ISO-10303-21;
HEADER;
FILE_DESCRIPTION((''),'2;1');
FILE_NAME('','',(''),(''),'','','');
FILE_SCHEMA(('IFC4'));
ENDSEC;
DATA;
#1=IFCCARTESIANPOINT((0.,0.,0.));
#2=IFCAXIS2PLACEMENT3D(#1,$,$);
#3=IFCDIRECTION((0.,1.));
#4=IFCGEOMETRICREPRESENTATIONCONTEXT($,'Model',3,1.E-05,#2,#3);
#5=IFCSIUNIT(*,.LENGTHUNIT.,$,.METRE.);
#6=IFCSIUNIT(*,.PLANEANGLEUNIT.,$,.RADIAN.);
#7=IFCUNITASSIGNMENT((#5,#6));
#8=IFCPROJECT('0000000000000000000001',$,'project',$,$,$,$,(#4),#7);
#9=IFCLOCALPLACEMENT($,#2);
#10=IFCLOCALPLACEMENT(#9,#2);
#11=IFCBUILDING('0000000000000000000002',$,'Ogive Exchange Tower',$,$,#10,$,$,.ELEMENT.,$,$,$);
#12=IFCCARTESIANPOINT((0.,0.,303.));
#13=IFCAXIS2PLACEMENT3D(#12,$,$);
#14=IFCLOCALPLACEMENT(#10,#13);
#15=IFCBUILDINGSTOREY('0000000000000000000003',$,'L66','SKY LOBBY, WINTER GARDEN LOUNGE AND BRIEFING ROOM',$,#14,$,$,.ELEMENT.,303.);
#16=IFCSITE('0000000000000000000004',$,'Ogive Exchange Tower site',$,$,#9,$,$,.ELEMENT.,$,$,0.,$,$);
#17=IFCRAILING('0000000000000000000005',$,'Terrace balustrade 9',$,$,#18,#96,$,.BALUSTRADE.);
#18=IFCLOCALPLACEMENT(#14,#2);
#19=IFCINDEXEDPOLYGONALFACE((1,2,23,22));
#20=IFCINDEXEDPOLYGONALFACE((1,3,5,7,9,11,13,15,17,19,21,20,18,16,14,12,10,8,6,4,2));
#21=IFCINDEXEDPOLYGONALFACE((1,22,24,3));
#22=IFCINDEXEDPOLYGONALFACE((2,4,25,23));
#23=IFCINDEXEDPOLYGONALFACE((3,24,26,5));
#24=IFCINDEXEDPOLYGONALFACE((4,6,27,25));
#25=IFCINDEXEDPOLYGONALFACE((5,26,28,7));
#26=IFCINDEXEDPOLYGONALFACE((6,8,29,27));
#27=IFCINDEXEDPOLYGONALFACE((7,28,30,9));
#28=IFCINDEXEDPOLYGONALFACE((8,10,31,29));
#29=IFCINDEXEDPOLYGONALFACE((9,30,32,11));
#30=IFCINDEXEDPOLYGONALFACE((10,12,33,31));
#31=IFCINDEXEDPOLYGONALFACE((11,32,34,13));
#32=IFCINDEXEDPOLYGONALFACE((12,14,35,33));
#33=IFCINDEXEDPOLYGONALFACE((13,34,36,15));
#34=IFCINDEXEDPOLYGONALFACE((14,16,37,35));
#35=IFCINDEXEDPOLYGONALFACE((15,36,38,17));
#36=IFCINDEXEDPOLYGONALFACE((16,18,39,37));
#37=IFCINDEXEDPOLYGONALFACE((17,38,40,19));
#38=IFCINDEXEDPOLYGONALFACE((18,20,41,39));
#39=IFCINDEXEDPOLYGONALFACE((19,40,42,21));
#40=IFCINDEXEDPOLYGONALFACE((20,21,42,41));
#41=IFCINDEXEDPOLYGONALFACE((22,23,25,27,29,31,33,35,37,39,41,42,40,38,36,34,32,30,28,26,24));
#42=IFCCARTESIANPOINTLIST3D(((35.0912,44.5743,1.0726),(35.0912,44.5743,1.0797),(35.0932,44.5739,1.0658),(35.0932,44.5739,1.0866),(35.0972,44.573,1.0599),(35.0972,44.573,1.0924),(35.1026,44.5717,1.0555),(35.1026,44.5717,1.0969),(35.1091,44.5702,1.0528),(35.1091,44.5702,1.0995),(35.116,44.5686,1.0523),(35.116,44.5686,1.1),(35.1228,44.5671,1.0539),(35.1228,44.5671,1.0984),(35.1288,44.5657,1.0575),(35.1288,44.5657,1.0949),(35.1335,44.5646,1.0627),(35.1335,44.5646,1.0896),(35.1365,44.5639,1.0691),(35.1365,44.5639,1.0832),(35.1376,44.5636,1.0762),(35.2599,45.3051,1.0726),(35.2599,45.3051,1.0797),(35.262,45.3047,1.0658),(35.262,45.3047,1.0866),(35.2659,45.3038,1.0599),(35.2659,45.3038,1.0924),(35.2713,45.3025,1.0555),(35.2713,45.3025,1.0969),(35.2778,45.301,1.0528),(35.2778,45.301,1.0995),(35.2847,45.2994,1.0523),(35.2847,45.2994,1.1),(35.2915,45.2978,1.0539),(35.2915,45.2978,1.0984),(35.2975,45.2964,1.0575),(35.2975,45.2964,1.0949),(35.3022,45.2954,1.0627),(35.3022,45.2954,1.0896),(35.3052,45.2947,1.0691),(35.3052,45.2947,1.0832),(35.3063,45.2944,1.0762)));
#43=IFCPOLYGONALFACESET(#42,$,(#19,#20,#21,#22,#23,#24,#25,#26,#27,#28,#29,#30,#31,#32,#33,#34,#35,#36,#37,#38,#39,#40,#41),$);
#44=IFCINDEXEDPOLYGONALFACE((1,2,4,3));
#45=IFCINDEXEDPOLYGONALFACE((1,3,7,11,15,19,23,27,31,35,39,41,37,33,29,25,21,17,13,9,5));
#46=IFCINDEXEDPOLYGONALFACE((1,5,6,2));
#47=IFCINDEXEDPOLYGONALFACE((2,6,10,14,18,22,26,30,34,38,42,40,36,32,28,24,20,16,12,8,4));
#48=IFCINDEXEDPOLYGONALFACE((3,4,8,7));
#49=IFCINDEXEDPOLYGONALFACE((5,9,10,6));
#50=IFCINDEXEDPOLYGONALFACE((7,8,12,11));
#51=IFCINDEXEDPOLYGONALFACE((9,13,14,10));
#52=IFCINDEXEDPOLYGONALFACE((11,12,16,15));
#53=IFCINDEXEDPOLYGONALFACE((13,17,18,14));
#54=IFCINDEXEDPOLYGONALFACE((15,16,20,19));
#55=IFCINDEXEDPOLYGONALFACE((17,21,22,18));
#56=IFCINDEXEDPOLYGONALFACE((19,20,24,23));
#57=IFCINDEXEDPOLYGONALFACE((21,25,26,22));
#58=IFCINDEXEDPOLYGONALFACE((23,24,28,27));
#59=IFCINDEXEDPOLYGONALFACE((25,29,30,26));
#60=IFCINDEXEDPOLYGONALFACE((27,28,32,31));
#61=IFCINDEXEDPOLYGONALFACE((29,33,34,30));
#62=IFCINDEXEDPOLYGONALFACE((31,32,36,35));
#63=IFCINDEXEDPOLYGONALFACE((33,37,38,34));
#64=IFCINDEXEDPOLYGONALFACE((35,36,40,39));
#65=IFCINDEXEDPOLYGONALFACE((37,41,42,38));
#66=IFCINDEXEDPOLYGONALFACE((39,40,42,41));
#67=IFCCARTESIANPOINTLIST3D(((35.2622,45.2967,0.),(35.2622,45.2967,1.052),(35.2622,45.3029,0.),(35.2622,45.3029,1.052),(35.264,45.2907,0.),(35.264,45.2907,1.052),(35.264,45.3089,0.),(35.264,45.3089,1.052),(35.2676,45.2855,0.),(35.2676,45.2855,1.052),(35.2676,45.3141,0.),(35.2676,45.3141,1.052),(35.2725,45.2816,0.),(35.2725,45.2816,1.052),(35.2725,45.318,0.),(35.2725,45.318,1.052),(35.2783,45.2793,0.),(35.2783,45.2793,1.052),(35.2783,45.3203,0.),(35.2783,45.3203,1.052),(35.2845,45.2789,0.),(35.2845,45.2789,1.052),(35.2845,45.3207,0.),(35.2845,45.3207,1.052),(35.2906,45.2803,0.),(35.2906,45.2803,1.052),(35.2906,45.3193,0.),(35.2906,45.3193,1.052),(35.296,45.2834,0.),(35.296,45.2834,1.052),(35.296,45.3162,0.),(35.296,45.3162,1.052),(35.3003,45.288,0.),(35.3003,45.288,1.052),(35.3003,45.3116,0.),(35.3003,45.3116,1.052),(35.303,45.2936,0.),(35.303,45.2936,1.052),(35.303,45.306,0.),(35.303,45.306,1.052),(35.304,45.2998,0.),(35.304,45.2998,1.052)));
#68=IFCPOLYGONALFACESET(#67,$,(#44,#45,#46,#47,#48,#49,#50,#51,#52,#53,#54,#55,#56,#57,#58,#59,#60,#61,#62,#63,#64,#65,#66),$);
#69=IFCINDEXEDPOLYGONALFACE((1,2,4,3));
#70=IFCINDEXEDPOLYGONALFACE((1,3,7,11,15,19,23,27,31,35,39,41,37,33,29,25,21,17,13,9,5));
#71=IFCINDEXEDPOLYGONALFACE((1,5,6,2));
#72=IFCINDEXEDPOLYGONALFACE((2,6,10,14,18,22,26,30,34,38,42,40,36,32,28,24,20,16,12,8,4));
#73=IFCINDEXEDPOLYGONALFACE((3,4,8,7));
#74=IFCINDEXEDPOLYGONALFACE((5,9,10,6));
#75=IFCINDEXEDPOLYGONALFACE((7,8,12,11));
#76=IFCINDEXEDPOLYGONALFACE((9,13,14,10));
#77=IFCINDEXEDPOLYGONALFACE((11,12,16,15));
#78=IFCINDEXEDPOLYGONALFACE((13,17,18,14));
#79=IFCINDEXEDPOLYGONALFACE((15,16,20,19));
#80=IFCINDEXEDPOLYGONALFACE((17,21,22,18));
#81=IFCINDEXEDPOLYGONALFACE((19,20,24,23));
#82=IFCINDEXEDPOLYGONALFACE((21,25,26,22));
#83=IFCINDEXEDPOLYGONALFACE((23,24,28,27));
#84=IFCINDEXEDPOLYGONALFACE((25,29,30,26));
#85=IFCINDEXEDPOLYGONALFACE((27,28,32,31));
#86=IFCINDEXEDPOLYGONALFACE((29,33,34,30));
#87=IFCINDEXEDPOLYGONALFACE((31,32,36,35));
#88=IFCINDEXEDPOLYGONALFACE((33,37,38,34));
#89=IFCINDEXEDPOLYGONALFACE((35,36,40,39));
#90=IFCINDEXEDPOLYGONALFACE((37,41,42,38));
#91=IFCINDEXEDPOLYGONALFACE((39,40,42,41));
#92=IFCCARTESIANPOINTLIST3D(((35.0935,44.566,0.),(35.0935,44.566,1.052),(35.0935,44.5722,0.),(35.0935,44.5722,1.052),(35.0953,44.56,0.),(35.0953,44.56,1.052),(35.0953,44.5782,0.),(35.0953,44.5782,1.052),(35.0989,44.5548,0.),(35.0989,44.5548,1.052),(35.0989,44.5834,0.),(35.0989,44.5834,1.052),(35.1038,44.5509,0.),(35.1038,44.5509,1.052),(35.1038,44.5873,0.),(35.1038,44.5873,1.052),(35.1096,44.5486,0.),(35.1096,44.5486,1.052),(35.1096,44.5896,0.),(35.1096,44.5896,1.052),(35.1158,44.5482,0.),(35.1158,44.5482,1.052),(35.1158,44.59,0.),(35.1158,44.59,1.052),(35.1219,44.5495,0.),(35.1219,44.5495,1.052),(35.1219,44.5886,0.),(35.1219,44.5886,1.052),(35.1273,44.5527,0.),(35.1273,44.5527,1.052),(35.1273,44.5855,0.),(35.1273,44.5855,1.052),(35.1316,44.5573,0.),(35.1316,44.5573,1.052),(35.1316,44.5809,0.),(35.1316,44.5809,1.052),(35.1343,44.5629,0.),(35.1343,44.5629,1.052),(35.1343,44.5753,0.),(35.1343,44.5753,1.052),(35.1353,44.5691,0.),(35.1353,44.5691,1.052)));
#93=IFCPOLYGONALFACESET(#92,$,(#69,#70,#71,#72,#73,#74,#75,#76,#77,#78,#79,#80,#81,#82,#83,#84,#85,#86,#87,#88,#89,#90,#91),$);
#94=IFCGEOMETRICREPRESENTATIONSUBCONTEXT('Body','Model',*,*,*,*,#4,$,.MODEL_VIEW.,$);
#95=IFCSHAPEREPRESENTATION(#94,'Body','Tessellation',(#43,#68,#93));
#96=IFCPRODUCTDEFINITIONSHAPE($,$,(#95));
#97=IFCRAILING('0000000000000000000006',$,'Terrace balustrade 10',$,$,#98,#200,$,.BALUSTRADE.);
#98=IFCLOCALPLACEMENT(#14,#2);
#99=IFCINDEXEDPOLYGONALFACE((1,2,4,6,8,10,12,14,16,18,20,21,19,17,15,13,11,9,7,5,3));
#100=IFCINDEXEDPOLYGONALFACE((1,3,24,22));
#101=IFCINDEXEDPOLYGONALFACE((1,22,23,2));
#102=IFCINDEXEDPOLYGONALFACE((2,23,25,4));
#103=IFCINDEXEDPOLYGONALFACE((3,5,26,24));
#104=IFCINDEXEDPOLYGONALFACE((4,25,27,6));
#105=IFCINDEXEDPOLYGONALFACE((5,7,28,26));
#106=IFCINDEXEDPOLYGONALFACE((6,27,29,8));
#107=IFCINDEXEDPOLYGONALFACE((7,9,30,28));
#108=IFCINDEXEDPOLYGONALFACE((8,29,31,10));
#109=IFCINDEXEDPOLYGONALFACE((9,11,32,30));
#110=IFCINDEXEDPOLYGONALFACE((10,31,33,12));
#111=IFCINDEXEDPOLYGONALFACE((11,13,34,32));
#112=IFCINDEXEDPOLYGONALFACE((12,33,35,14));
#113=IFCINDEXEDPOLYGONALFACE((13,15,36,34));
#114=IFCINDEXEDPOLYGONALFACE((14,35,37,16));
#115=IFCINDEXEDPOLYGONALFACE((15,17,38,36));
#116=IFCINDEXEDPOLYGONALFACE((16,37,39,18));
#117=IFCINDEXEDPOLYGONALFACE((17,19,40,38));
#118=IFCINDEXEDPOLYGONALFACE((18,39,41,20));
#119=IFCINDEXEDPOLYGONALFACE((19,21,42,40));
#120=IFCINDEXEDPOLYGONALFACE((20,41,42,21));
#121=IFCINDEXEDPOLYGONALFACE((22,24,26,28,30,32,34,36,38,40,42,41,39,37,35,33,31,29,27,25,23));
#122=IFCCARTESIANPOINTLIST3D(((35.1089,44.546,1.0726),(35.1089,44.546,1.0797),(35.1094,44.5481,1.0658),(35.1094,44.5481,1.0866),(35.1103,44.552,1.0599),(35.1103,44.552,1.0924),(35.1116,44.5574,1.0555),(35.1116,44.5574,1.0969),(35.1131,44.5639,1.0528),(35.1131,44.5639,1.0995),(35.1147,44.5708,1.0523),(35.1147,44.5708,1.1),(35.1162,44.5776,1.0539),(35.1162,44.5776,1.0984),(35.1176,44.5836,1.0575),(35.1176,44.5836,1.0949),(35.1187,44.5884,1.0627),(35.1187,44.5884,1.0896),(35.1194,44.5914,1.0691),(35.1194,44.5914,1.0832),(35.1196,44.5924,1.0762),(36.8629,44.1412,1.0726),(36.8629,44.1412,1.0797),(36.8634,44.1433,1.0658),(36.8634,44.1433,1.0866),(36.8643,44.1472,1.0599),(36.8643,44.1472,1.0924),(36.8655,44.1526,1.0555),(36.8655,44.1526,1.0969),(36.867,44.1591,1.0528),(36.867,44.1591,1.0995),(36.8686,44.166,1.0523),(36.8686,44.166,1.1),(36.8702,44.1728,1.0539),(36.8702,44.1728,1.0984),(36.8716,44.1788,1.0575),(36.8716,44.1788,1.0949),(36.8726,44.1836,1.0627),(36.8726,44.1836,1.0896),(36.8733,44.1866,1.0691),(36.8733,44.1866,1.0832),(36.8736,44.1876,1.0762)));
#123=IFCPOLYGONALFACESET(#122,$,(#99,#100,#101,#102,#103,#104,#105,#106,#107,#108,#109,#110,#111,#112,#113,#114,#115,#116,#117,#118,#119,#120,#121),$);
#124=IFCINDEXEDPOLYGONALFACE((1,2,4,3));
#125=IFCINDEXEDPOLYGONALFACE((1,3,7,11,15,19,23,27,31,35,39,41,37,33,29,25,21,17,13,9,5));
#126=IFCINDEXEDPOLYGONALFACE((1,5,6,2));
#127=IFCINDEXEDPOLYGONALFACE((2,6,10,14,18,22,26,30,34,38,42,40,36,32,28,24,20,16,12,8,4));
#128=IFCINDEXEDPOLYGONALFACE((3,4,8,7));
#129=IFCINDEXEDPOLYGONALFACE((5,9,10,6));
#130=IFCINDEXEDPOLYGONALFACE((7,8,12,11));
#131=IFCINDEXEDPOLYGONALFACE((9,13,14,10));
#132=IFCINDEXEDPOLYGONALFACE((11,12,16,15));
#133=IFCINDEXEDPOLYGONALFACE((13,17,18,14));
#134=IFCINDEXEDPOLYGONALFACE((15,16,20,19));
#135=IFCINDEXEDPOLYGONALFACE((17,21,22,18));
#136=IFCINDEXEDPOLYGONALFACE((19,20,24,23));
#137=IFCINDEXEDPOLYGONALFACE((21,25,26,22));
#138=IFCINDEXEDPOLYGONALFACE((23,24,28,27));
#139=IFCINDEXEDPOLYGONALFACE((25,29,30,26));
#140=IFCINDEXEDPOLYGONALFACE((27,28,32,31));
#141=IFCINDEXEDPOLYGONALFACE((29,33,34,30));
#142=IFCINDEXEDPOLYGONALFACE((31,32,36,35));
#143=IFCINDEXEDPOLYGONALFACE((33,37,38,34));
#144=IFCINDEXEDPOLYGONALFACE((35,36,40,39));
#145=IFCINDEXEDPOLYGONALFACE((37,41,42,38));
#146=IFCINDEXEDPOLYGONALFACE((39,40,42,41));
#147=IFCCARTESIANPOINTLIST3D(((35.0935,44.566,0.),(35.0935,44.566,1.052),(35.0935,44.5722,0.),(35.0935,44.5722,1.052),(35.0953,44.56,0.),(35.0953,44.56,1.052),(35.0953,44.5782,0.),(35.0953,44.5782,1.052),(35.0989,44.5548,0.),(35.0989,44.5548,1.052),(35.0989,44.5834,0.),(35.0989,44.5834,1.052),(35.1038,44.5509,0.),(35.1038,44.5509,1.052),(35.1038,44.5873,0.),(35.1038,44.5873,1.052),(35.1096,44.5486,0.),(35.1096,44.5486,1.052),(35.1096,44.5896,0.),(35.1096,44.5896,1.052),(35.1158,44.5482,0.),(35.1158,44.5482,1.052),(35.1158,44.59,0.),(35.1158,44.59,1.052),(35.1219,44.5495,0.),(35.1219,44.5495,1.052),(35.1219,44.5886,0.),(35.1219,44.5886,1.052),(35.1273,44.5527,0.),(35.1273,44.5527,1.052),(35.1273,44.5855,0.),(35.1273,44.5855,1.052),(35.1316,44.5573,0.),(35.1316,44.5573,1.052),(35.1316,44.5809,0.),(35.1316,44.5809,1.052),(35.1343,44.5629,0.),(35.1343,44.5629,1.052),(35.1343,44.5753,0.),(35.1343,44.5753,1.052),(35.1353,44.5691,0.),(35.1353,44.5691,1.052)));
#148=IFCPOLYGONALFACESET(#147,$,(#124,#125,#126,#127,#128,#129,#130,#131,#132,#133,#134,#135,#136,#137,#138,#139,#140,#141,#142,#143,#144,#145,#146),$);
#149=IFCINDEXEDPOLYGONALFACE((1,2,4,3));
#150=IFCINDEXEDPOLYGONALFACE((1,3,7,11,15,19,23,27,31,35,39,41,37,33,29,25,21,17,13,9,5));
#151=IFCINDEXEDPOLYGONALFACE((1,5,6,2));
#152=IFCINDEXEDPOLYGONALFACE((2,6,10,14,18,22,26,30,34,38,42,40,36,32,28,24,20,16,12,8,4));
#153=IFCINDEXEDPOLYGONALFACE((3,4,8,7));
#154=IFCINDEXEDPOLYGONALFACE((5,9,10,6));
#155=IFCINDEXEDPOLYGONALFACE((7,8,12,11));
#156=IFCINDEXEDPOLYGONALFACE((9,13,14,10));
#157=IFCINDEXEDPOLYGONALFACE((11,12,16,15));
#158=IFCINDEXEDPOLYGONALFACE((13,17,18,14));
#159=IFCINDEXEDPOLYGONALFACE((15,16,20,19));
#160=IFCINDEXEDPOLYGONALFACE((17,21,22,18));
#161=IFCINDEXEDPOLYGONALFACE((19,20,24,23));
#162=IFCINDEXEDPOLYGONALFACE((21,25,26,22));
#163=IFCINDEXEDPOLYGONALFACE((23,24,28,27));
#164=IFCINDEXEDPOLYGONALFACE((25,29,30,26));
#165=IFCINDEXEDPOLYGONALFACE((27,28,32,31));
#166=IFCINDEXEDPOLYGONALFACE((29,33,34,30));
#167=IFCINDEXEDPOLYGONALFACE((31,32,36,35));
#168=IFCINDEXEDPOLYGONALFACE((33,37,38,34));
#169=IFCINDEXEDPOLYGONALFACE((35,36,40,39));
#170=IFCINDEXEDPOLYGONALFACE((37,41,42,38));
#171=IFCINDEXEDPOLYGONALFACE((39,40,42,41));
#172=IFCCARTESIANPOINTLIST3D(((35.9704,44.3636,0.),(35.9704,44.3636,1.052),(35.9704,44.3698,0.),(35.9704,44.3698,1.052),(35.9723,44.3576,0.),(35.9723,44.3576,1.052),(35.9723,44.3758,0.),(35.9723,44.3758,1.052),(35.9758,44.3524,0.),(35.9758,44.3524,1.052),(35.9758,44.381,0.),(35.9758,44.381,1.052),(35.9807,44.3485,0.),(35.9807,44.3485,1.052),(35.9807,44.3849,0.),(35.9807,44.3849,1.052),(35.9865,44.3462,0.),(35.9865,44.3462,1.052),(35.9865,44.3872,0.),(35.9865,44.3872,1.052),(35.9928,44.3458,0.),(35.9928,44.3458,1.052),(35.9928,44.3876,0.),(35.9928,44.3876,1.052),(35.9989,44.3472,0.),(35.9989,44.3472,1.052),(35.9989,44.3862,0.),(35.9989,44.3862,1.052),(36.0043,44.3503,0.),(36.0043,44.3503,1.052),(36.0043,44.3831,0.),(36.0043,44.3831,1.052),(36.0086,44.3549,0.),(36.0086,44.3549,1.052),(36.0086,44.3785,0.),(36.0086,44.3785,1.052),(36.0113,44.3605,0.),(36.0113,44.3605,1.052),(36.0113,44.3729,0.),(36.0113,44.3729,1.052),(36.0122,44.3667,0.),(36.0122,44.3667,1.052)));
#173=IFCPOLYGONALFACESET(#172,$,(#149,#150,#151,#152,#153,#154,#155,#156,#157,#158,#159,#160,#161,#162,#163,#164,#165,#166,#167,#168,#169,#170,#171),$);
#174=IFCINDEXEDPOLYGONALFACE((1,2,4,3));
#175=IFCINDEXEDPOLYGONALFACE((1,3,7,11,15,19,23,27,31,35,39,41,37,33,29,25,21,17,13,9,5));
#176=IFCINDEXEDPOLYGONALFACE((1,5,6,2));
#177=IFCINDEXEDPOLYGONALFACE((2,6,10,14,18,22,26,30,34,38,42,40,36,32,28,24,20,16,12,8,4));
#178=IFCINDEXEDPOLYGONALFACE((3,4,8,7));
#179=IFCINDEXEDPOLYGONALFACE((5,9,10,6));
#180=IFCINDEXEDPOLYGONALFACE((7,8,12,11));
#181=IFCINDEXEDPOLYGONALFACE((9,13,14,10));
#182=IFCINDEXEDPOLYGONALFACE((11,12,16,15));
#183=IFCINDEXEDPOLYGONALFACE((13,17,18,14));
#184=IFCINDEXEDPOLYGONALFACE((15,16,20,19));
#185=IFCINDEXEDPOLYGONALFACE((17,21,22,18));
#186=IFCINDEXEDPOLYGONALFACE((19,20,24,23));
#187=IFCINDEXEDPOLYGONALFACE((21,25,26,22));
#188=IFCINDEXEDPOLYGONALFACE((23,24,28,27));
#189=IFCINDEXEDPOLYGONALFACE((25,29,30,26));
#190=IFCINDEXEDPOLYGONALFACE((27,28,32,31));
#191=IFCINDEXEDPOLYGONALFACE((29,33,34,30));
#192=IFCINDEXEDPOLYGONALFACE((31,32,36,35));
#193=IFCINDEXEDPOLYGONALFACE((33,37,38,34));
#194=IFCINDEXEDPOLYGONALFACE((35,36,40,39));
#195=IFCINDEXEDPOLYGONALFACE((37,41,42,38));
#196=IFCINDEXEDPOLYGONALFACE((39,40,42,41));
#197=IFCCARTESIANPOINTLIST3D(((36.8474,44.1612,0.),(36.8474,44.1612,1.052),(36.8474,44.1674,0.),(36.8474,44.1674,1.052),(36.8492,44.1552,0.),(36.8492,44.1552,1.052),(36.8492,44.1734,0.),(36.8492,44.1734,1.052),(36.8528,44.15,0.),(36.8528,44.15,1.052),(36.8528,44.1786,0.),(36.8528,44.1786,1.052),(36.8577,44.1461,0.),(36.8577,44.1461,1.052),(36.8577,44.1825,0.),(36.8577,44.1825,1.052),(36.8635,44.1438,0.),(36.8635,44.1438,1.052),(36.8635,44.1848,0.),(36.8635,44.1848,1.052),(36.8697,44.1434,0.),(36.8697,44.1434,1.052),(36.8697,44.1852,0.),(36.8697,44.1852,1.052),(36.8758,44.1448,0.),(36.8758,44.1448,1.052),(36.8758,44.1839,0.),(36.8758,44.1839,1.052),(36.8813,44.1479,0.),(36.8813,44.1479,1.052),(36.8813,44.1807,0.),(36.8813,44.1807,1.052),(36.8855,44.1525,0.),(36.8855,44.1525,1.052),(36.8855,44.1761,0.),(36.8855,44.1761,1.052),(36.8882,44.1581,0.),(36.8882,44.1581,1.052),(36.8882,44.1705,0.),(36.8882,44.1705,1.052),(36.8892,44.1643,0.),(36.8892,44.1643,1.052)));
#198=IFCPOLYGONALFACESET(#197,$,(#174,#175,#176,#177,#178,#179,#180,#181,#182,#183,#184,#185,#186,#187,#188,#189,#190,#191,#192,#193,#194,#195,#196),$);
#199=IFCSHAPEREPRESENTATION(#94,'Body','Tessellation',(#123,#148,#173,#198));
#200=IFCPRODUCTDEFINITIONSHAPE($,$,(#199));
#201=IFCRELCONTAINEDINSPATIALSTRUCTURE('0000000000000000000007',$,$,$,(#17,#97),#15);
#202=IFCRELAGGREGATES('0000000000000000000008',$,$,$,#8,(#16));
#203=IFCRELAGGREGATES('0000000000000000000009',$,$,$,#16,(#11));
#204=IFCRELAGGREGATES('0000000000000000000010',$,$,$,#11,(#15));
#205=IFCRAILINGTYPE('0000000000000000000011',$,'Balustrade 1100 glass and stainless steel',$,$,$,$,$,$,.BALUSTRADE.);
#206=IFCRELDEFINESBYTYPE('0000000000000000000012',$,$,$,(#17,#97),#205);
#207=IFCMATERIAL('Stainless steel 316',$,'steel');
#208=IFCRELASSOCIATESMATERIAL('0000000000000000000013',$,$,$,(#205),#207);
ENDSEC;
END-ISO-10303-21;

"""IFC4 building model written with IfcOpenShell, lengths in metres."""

from ifc_helpers import new_model, si_unit, direction, frame, origin, origin_2d, place, context, subcontext, project, spatial, circle, extrude, material, type_object, element, save


model = new_model("IFC4")

# Units and contexts
model_context = context("Model", 3, precision=1e-05, world=origin(), true_north=direction((0.0, 1.0)))
body_context = subcontext(model_context, "Body", "Model", "MODEL_VIEW")
ifc_project = project(units=[si_unit("LENGTHUNIT", "METRE"), si_unit("PLANEANGLEUNIT", "RADIAN")], contexts=[model_context])

# Site, building, storey
site_placement = place(None, origin())
site = spatial("IfcSite", under=ifc_project, at=site_placement, Name="Ogive Exchange Tower site", CompositionType="ELEMENT", RefElevation=0.0)
building_placement = place(site_placement, origin())
building = spatial("IfcBuilding", under=site, at=building_placement, Name="Ogive Exchange Tower", CompositionType="ELEMENT")
storey_placement = place(building_placement, frame((0.0, 0.0, 303.0)))
storey = spatial("IfcBuildingStorey", under=building, at=storey_placement, Name="L66", Description="SKY LOBBY, WINTER GARDEN LOUNGE AND BRIEFING ROOM", CompositionType="ELEMENT", Elevation=303.0)

# Railings
ifc_material_1 = material(Name="Stainless steel 316", Category="steel")
railing_type = type_object("IfcRailingType", Name="Balustrade 1100 glass and stainless steel", PredefinedType="BALUSTRADE", material=ifc_material_1)
railing_1_placement = place(storey_placement, frame((35.283, 45.2998, 0.0)))
element("IfcRailing", 1, at=railing_1_placement, inside=storey, type_object=railing_type, Name="Terrace balustrade 9", PredefinedType="BALUSTRADE", context=body_context, shape_type="SweptSolid", body=[
    extrude(circle(Radius=0.0239, at=origin_2d()), frame((0.0, 0.0, 1.0762), z_axis=(-0.224955, -0.974369, 0.0), x_axis=(0.974369, -0.224955, 0.0)), (0.0, 0.0, 1.0), 0.75),
    extrude(circle(Radius=0.021, at=origin_2d()), origin(), (0.0, 0.0, 1.0), 1.052),
    extrude(circle(Radius=0.021, at=origin_2d()), frame((-0.1687, -0.7307, 0.0)), (0.0, 0.0, 1.0), 1.052),
])
railing_2_placement = place(storey_placement, frame((35.1143, 44.5691, 0.0)))
element("IfcRailing", 2, at=railing_2_placement, inside=storey, type_object=railing_type, Name="Terrace balustrade 10", PredefinedType="BALUSTRADE", context=body_context, shape_type="SweptSolid", body=[
    extrude(circle(Radius=0.0239, at=origin_2d()), frame((0.0, 0.0, 1.0762), z_axis=(0.974387, -0.224879, 0.0), x_axis=(0.224879, 0.974387, 0.0)), (0.0, 0.0, 1.0), 1.8),
    extrude(circle(Radius=0.021, at=origin_2d()), origin(), (0.0, 0.0, 1.0), 1.052),
    extrude(circle(Radius=0.021, at=origin_2d()), frame((0.877, -0.2024, 0.0)), (0.0, 0.0, 1.0), 1.052),
    extrude(circle(Radius=0.021, at=origin_2d()), frame((1.7539, -0.4048, 0.0)), (0.0, 0.0, 1.0), 1.052),
])

save(model, "model.ifc")
